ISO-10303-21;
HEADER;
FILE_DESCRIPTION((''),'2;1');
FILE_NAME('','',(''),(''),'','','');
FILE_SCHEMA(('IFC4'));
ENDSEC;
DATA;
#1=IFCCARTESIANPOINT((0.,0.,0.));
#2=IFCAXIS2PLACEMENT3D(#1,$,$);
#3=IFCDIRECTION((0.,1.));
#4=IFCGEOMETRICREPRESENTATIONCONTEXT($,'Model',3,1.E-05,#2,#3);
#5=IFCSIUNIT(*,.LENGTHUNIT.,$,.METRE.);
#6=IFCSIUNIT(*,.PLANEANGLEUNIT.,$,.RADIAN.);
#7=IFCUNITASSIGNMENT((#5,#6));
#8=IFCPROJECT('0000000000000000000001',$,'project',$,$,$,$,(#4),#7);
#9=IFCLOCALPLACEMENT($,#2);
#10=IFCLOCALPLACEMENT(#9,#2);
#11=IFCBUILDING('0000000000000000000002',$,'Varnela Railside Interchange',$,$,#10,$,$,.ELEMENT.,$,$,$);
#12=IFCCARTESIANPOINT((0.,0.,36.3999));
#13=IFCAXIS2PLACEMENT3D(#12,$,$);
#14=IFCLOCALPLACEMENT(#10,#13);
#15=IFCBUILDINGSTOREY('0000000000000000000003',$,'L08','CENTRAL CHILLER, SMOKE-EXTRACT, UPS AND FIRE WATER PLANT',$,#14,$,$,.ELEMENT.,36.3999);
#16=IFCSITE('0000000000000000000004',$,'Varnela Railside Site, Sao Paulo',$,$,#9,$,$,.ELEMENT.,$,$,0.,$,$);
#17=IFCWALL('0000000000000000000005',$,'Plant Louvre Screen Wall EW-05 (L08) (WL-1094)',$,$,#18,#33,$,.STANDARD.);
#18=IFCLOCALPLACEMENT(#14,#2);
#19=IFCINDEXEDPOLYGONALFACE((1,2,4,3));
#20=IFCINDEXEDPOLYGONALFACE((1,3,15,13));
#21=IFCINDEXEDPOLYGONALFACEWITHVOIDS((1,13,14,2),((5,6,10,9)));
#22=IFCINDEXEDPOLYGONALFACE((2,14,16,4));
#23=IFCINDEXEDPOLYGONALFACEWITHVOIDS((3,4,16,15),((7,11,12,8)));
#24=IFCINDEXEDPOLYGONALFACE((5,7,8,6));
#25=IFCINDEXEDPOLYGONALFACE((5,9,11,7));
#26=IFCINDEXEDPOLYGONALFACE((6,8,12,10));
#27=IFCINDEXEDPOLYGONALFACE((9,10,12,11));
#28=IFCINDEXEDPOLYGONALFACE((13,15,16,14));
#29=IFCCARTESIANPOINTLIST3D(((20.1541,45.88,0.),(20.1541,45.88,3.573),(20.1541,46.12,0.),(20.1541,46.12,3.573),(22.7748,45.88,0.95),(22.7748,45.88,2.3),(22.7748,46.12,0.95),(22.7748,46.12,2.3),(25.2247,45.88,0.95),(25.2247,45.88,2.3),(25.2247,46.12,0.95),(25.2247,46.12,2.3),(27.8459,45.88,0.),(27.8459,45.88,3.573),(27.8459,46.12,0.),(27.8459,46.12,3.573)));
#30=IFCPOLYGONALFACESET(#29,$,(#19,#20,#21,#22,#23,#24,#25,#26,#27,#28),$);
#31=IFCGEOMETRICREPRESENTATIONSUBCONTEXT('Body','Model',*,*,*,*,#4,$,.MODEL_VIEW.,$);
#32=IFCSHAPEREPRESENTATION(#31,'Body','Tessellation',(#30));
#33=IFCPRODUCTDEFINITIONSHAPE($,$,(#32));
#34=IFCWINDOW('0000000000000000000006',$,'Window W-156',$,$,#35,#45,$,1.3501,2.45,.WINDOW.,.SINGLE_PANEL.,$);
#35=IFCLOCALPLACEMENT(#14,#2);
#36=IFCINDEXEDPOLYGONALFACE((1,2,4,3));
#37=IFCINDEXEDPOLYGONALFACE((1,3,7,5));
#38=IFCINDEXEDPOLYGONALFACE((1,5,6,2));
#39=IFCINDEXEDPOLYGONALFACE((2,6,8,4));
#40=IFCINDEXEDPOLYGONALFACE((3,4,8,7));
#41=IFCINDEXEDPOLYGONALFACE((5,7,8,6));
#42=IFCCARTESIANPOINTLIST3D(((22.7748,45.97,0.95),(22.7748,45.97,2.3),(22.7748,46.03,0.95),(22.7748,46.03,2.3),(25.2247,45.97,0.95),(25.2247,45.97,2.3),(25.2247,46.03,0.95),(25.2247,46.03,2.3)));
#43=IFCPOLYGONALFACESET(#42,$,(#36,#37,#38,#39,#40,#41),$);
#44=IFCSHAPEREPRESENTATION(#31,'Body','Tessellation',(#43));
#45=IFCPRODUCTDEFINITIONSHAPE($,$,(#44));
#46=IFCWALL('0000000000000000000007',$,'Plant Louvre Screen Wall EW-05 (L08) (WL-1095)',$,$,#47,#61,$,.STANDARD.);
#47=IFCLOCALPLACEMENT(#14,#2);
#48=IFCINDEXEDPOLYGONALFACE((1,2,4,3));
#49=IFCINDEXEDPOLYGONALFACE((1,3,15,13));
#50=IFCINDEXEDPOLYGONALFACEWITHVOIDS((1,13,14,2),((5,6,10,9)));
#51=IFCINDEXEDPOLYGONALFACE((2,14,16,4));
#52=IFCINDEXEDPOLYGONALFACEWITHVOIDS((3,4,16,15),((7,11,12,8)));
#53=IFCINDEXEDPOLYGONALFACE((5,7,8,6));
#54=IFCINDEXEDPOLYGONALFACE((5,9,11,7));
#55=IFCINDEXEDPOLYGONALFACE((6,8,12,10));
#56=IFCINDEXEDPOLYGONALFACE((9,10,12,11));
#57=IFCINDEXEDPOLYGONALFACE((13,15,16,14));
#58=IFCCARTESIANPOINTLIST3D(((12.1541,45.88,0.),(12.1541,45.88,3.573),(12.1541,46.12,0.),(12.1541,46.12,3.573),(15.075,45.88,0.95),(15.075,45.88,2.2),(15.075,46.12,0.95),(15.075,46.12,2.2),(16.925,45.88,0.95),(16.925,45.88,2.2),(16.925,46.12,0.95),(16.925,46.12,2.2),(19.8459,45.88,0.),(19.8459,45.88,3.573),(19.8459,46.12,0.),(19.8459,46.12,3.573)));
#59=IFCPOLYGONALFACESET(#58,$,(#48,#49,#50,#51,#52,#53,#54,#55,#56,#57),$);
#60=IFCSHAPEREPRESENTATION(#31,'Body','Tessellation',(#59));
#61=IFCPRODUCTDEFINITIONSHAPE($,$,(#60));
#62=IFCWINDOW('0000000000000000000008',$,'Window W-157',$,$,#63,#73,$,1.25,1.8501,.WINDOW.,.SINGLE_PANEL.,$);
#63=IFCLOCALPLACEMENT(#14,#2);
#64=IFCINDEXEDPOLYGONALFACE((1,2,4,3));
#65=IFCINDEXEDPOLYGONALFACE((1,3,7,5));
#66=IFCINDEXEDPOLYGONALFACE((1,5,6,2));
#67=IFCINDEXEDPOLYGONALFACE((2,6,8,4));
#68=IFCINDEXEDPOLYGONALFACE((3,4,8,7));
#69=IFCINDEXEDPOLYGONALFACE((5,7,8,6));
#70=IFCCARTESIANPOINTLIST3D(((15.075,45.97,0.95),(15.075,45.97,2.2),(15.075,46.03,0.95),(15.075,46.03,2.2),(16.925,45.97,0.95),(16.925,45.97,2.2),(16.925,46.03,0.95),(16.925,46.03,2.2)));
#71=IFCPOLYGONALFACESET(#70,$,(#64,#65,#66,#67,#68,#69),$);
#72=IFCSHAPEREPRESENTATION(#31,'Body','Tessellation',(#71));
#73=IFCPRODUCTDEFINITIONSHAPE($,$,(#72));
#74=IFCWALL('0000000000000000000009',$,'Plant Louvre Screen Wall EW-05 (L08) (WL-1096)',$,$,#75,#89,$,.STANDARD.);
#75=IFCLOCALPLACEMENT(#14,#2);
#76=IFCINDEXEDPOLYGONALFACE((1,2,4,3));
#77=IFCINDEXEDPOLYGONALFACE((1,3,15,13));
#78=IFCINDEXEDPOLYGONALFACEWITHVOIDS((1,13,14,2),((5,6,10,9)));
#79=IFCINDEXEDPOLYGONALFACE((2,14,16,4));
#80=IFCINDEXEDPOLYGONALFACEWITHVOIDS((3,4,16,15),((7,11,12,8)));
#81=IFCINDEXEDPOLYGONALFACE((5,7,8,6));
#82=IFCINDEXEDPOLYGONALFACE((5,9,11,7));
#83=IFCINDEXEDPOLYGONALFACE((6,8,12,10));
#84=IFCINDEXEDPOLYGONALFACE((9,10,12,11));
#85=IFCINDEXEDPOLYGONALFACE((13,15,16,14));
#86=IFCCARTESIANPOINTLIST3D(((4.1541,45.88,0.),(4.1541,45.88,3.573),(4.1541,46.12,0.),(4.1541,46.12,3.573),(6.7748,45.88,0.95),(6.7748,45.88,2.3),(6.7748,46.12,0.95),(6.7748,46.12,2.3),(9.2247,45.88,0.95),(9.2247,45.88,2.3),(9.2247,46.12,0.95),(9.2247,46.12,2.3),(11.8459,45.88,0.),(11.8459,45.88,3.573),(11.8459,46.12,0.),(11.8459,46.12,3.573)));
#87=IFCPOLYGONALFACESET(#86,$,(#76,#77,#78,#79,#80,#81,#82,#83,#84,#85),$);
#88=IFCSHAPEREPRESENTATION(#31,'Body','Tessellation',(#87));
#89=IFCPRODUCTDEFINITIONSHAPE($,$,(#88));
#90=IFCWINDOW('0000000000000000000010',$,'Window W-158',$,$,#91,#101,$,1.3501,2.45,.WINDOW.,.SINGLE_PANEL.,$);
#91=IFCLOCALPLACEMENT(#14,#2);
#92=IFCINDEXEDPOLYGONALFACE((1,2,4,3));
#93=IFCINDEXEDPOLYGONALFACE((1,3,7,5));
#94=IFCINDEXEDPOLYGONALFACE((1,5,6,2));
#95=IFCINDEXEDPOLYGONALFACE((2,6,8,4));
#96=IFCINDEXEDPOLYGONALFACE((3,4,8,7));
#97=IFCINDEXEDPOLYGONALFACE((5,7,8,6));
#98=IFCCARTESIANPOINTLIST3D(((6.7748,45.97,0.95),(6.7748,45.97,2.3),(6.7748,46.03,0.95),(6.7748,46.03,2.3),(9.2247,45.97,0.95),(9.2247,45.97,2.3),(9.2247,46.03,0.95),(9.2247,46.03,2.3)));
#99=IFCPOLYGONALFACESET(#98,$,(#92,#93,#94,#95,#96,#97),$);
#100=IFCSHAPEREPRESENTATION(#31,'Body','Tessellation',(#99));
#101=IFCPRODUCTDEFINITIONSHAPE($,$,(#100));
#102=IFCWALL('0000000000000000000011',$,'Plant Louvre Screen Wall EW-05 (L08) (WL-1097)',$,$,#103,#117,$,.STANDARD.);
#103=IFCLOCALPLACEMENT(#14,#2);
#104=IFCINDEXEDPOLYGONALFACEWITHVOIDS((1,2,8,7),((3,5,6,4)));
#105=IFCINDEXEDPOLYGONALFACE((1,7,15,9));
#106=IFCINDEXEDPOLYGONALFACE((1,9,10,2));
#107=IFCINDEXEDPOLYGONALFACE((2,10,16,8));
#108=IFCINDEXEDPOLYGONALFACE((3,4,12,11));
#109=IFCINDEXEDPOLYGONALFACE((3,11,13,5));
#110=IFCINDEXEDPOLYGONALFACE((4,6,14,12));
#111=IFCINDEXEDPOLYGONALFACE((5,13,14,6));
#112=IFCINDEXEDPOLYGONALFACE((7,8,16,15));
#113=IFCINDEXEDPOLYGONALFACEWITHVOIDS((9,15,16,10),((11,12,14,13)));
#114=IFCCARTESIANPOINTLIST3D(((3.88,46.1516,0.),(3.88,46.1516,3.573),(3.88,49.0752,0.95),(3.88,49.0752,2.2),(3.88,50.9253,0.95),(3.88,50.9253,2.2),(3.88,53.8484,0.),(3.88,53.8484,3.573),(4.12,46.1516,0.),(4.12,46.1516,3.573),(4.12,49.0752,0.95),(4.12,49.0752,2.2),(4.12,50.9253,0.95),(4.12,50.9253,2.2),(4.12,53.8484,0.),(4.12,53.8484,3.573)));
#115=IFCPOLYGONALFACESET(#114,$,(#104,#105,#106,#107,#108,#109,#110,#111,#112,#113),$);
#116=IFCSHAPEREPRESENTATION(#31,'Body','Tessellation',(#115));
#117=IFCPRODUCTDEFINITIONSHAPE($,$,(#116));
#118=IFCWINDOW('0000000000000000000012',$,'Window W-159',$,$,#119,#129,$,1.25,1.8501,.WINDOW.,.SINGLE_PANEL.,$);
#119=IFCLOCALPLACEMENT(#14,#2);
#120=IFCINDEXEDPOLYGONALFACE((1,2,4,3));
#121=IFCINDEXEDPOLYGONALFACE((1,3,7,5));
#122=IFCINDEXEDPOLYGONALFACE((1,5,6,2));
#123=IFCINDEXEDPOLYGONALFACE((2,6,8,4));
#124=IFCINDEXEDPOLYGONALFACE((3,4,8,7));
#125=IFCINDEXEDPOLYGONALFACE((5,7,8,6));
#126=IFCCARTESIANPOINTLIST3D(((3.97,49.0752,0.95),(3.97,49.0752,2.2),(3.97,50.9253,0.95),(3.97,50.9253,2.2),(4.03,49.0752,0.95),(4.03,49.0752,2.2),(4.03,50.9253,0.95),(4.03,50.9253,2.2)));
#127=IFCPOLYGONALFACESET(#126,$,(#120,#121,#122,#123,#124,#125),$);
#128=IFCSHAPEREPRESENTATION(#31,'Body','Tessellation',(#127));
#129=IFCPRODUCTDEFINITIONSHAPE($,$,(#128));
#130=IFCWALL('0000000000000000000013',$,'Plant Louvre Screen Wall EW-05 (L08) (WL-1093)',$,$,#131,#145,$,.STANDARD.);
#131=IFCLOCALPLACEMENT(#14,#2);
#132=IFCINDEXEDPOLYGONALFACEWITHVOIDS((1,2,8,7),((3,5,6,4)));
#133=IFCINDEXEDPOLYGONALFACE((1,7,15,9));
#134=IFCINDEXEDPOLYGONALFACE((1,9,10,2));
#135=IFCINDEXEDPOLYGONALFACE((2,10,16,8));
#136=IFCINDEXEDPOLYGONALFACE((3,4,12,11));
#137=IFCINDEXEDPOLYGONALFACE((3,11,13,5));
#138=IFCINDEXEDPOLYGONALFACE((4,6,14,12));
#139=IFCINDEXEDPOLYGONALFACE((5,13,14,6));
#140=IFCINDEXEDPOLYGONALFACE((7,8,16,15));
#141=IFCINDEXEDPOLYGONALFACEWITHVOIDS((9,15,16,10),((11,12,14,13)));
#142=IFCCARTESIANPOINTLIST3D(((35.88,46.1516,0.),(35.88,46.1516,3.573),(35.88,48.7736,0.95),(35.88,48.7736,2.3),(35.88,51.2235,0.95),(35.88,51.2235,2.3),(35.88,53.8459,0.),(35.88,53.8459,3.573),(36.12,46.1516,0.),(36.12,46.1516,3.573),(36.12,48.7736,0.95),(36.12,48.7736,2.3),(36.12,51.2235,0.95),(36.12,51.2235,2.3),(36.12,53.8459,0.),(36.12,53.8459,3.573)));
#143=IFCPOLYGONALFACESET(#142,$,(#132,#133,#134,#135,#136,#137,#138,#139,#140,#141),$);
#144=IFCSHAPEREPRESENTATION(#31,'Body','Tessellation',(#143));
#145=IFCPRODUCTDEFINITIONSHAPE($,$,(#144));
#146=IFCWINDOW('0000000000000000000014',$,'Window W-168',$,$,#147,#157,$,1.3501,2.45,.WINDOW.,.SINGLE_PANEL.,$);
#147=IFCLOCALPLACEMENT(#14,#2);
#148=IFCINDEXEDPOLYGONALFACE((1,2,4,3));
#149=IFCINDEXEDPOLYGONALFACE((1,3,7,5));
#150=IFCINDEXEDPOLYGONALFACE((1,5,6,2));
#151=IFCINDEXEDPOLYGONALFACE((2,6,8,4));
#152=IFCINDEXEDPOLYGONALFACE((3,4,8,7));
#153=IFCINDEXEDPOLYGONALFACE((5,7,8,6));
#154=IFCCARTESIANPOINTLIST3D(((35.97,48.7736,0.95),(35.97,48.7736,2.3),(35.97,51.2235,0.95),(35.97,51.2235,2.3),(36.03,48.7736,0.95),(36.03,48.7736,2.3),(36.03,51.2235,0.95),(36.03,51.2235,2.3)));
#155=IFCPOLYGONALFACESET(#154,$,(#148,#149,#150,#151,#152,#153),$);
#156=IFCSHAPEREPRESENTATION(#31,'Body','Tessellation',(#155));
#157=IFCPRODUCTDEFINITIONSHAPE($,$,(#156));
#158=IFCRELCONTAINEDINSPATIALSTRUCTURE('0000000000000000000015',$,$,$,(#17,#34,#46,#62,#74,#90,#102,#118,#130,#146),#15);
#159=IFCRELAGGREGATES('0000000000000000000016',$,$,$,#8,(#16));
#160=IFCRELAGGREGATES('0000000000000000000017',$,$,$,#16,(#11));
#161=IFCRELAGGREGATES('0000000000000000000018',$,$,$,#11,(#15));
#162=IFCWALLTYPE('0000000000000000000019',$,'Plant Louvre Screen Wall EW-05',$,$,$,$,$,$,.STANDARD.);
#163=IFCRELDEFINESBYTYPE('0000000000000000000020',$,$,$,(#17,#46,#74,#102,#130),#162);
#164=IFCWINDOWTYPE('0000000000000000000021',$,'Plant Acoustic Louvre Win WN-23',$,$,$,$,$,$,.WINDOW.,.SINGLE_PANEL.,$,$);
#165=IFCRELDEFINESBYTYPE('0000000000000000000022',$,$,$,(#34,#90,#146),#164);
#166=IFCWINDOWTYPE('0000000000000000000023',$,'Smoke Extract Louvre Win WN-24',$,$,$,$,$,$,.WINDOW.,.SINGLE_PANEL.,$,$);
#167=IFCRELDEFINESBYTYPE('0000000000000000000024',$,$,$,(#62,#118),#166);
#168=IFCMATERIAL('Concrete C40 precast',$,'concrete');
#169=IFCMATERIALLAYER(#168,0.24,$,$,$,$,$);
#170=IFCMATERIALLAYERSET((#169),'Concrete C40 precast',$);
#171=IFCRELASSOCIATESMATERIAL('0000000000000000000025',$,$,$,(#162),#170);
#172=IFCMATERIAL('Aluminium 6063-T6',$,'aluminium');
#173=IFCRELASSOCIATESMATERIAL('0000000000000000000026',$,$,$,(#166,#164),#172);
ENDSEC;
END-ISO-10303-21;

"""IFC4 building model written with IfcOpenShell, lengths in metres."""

from ifc_helpers import new_model, si_unit, direction, frame, frame_2d, origin, place, context, subcontext, project, spatial, rectangle, extrude, material, layer, layer_set, type_object, element, fill, save


model = new_model("IFC4")

# Units and contexts
model_context = context("Model", 3, precision=1e-05, world=origin(), true_north=direction((0.0, 1.0)))
body_context = subcontext(model_context, "Body", "Model", "MODEL_VIEW")
ifc_project = project(units=[si_unit("LENGTHUNIT", "METRE"), si_unit("PLANEANGLEUNIT", "RADIAN")], contexts=[model_context])

# Site, building, storey
site_placement = place(None, origin())
site = spatial("IfcSite", under=ifc_project, at=site_placement, Name="Varnela Railside Site, Sao Paulo", CompositionType="ELEMENT", RefElevation=0.0)
building_placement = place(site_placement, origin())
building = spatial("IfcBuilding", under=site, at=building_placement, Name="Varnela Railside Interchange", CompositionType="ELEMENT")
storey_placement = place(building_placement, frame((0.0, 0.0, 36.3999)))
storey = spatial("IfcBuildingStorey", under=building, at=storey_placement, Name="L08", Description="CENTRAL CHILLER, SMOKE-EXTRACT, UPS AND FIRE WATER PLANT", CompositionType="ELEMENT", Elevation=36.3999)

# Walls, openings, windows
ifc_material_1 = material(Name="Concrete C40 precast", Category="concrete")
ifc_layer_1 = layer(ifc_material_1, 0.24)
ifc_layer_set_1 = layer_set([ifc_layer_1], Name="Concrete C40 precast")
wall_type_1 = type_object("IfcWallType", Name="Plant Louvre Screen Wall EW-05", PredefinedType="STANDARD", material=ifc_layer_set_1)
ifc_material_2 = material(Name="Aluminium 6063-T6", Category="aluminium")
window_type_1 = type_object("IfcWindowType", Name="Smoke Extract Louvre Win WN-24", PartitioningType="SINGLE_PANEL", PredefinedType="WINDOW", material=ifc_material_2)
wall_1_placement = place(storey_placement, frame((27.8459, 46.0, 0.0), z_axis=(0.0, 0.0, 1.0), x_axis=(-1.0, 0.0, 0.0)))
wall_1 = element("IfcWall", 1, at=wall_1_placement, inside=storey, type_object=wall_type_1, Name="Plant Louvre Screen Wall EW-05 (L08) (WL-1094)", PredefinedType="STANDARD", context=body_context, shape_type="SweptSolid", body=[
    extrude(rectangle(XDim=7.6919, YDim=0.24, at=frame_2d((3.8459, 0.0))), origin(), (0.0, 0.0, 1.0), 3.573),
])
opening_1_placement = place(wall_1_placement, frame((2.6211, 0.0, 0.95)))
opening_1 = element("IfcOpeningElement", 2, at=opening_1_placement, cuts=wall_1, PredefinedType="OPENING", context=body_context, shape_type="SweptSolid", body=[
    extrude(rectangle(XDim=2.45, YDim=1.3501, at=frame_2d((1.2251, 0.675))), frame((0.0, 0.1299, 0.0), z_axis=(0.0, -1.0, 0.0), x_axis=(1.0, 0.0, 0.0)), (0.0, 0.0, 1.0), 0.26),
])
window_type_2 = type_object("IfcWindowType", Name="Plant Acoustic Louvre Win WN-23", PartitioningType="SINGLE_PANEL", PredefinedType="WINDOW", material=ifc_material_2)
window_1_placement = place(opening_1_placement, origin())
window_1 = element("IfcWindow", 3, at=window_1_placement, inside=storey, type_object=window_type_2, Name="Window W-156", OverallHeight=1.3501, OverallWidth=2.45, PartitioningType="SINGLE_PANEL", PredefinedType="WINDOW", context=body_context, shape_type="SweptSolid", body=[
    extrude(rectangle(XDim=2.45, YDim=1.3501, at=frame_2d((1.2251, 0.675))), frame((0.0, 0.03, 0.0), z_axis=(0.0, -1.0, 0.0), x_axis=(1.0, 0.0, 0.0)), (0.0, 0.0, 1.0), 0.0601),
])
fill(opening_1, window_1)
wall_2_placement = place(storey_placement, frame((19.8459, 46.0, 0.0), z_axis=(0.0, 0.0, 1.0), x_axis=(-1.0, 0.0, 0.0)))
wall_2 = element("IfcWall", 4, at=wall_2_placement, inside=storey, type_object=wall_type_1, Name="Plant Louvre Screen Wall EW-05 (L08) (WL-1095)", PredefinedType="STANDARD", context=body_context, shape_type="SweptSolid", body=[
    extrude(rectangle(XDim=7.6919, YDim=0.24, at=frame_2d((3.8459, 0.0))), origin(), (0.0, 0.0, 1.0), 3.573),
])
opening_2_placement = place(wall_2_placement, frame((2.9209, 0.0, 0.95)))
opening_2 = element("IfcOpeningElement", 5, at=opening_2_placement, cuts=wall_2, PredefinedType="OPENING", context=body_context, shape_type="SweptSolid", body=[
    extrude(rectangle(XDim=1.8501, YDim=1.25, at=frame_2d((0.925, 0.625))), frame((0.0, 0.1299, 0.0), z_axis=(0.0, -1.0, 0.0), x_axis=(1.0, 0.0, 0.0)), (0.0, 0.0, 1.0), 0.26),
])
window_2_placement = place(opening_2_placement, origin())
window_2 = element("IfcWindow", 6, at=window_2_placement, inside=storey, type_object=window_type_1, Name="Window W-157", OverallHeight=1.25, OverallWidth=1.8501, PartitioningType="SINGLE_PANEL", PredefinedType="WINDOW", context=body_context, shape_type="SweptSolid", body=[
    extrude(rectangle(XDim=1.8501, YDim=1.25, at=frame_2d((0.925, 0.625))), frame((0.0, 0.03, 0.0), z_axis=(0.0, -1.0, 0.0), x_axis=(1.0, 0.0, 0.0)), (0.0, 0.0, 1.0), 0.0601),
])
fill(opening_2, window_2)
wall_3_placement = place(storey_placement, frame((11.8459, 46.0, 0.0), z_axis=(0.0, 0.0, 1.0), x_axis=(-1.0, 0.0, 0.0)))
wall_3 = element("IfcWall", 7, at=wall_3_placement, inside=storey, type_object=wall_type_1, Name="Plant Louvre Screen Wall EW-05 (L08) (WL-1096)", PredefinedType="STANDARD", context=body_context, shape_type="SweptSolid", body=[
    extrude(rectangle(XDim=7.6919, YDim=0.24, at=frame_2d((3.8459, 0.0))), origin(), (0.0, 0.0, 1.0), 3.573),
])
opening_3_placement = place(wall_3_placement, frame((2.6211, 0.0, 0.95)))
opening_3 = element("IfcOpeningElement", 8, at=opening_3_placement, cuts=wall_3, PredefinedType="OPENING", context=body_context, shape_type="SweptSolid", body=[
    extrude(rectangle(XDim=2.45, YDim=1.3501, at=frame_2d((1.2251, 0.675))), frame((0.0, 0.1299, 0.0), z_axis=(0.0, -1.0, 0.0), x_axis=(1.0, 0.0, 0.0)), (0.0, 0.0, 1.0), 0.26),
])
window_3_placement = place(opening_3_placement, origin())
window_3 = element("IfcWindow", 9, at=window_3_placement, inside=storey, type_object=window_type_2, Name="Window W-158", OverallHeight=1.3501, OverallWidth=2.45, PartitioningType="SINGLE_PANEL", PredefinedType="WINDOW", context=body_context, shape_type="SweptSolid", body=[
    extrude(rectangle(XDim=2.45, YDim=1.3501, at=frame_2d((1.2251, 0.675))), frame((0.0, 0.03, 0.0), z_axis=(0.0, -1.0, 0.0), x_axis=(1.0, 0.0, 0.0)), (0.0, 0.0, 1.0), 0.0601),
])
fill(opening_3, window_3)
wall_4_placement = place(storey_placement, frame((4.0, 46.1516, 0.0), z_axis=(0.0, 0.0, 1.0), x_axis=(0.0, 1.0, 0.0)))
wall_4 = element("IfcWall", 10, at=wall_4_placement, inside=storey, type_object=wall_type_1, Name="Plant Louvre Screen Wall EW-05 (L08) (WL-1097)", PredefinedType="STANDARD", context=body_context, shape_type="SweptSolid", body=[
    extrude(rectangle(XDim=7.6968, YDim=0.24, at=frame_2d((3.8484, 0.0))), origin(), (0.0, 0.0, 1.0), 3.573),
])
opening_4_placement = place(wall_4_placement, frame((2.9236, 0.0, 0.95)))
opening_4 = element("IfcOpeningElement", 11, at=opening_4_placement, cuts=wall_4, PredefinedType="OPENING", context=body_context, shape_type="SweptSolid", body=[
    extrude(rectangle(XDim=1.8501, YDim=1.25, at=frame_2d((0.925, 0.625))), frame((0.0, 0.1299, 0.0), z_axis=(0.0, -1.0, 0.0), x_axis=(1.0, 0.0, 0.0)), (0.0, 0.0, 1.0), 0.26),
])
window_4_placement = place(opening_4_placement, origin())
window_4 = element("IfcWindow", 12, at=window_4_placement, inside=storey, type_object=window_type_1, Name="Window W-159", OverallHeight=1.25, OverallWidth=1.8501, PartitioningType="SINGLE_PANEL", PredefinedType="WINDOW", context=body_context, shape_type="SweptSolid", body=[
    extrude(rectangle(XDim=1.8501, YDim=1.25, at=frame_2d((0.925, 0.625))), frame((0.0, 0.03, 0.0), z_axis=(0.0, -1.0, 0.0), x_axis=(1.0, 0.0, 0.0)), (0.0, 0.0, 1.0), 0.0601),
])
fill(opening_4, window_4)
wall_5_placement = place(storey_placement, frame((36.0, 53.8459, 0.0), z_axis=(0.0, 0.0, 1.0), x_axis=(0.0, -1.0, 0.0)))
wall_5 = element("IfcWall", 13, at=wall_5_placement, inside=storey, type_object=wall_type_1, Name="Plant Louvre Screen Wall EW-05 (L08) (WL-1093)", PredefinedType="STANDARD", context=body_context, shape_type="SweptSolid", body=[
    extrude(rectangle(XDim=7.6943, YDim=0.24, at=frame_2d((3.8472, 0.0))), origin(), (0.0, 0.0, 1.0), 3.573),
])
opening_5_placement = place(wall_5_placement, frame((2.6223, 0.0, 0.95)))
opening_5 = element("IfcOpeningElement", 14, at=opening_5_placement, cuts=wall_5, PredefinedType="OPENING", context=body_context, shape_type="SweptSolid", body=[
    extrude(rectangle(XDim=2.45, YDim=1.3501, at=frame_2d((1.2251, 0.675))), frame((0.0, 0.1299, 0.0), z_axis=(0.0, -1.0, 0.0), x_axis=(1.0, 0.0, 0.0)), (0.0, 0.0, 1.0), 0.26),
])
window_5_placement = place(opening_5_placement, origin())
window_5 = element("IfcWindow", 15, at=window_5_placement, inside=storey, type_object=window_type_2, Name="Window W-168", OverallHeight=1.3501, OverallWidth=2.45, PartitioningType="SINGLE_PANEL", PredefinedType="WINDOW", context=body_context, shape_type="SweptSolid", body=[
    extrude(rectangle(XDim=2.45, YDim=1.3501, at=frame_2d((1.2251, 0.675))), frame((0.0, 0.03, 0.0), z_axis=(0.0, -1.0, 0.0), x_axis=(1.0, 0.0, 0.0)), (0.0, 0.0, 1.0), 0.0601),
])
fill(opening_5, window_5)

save(model, "model.ifc")
